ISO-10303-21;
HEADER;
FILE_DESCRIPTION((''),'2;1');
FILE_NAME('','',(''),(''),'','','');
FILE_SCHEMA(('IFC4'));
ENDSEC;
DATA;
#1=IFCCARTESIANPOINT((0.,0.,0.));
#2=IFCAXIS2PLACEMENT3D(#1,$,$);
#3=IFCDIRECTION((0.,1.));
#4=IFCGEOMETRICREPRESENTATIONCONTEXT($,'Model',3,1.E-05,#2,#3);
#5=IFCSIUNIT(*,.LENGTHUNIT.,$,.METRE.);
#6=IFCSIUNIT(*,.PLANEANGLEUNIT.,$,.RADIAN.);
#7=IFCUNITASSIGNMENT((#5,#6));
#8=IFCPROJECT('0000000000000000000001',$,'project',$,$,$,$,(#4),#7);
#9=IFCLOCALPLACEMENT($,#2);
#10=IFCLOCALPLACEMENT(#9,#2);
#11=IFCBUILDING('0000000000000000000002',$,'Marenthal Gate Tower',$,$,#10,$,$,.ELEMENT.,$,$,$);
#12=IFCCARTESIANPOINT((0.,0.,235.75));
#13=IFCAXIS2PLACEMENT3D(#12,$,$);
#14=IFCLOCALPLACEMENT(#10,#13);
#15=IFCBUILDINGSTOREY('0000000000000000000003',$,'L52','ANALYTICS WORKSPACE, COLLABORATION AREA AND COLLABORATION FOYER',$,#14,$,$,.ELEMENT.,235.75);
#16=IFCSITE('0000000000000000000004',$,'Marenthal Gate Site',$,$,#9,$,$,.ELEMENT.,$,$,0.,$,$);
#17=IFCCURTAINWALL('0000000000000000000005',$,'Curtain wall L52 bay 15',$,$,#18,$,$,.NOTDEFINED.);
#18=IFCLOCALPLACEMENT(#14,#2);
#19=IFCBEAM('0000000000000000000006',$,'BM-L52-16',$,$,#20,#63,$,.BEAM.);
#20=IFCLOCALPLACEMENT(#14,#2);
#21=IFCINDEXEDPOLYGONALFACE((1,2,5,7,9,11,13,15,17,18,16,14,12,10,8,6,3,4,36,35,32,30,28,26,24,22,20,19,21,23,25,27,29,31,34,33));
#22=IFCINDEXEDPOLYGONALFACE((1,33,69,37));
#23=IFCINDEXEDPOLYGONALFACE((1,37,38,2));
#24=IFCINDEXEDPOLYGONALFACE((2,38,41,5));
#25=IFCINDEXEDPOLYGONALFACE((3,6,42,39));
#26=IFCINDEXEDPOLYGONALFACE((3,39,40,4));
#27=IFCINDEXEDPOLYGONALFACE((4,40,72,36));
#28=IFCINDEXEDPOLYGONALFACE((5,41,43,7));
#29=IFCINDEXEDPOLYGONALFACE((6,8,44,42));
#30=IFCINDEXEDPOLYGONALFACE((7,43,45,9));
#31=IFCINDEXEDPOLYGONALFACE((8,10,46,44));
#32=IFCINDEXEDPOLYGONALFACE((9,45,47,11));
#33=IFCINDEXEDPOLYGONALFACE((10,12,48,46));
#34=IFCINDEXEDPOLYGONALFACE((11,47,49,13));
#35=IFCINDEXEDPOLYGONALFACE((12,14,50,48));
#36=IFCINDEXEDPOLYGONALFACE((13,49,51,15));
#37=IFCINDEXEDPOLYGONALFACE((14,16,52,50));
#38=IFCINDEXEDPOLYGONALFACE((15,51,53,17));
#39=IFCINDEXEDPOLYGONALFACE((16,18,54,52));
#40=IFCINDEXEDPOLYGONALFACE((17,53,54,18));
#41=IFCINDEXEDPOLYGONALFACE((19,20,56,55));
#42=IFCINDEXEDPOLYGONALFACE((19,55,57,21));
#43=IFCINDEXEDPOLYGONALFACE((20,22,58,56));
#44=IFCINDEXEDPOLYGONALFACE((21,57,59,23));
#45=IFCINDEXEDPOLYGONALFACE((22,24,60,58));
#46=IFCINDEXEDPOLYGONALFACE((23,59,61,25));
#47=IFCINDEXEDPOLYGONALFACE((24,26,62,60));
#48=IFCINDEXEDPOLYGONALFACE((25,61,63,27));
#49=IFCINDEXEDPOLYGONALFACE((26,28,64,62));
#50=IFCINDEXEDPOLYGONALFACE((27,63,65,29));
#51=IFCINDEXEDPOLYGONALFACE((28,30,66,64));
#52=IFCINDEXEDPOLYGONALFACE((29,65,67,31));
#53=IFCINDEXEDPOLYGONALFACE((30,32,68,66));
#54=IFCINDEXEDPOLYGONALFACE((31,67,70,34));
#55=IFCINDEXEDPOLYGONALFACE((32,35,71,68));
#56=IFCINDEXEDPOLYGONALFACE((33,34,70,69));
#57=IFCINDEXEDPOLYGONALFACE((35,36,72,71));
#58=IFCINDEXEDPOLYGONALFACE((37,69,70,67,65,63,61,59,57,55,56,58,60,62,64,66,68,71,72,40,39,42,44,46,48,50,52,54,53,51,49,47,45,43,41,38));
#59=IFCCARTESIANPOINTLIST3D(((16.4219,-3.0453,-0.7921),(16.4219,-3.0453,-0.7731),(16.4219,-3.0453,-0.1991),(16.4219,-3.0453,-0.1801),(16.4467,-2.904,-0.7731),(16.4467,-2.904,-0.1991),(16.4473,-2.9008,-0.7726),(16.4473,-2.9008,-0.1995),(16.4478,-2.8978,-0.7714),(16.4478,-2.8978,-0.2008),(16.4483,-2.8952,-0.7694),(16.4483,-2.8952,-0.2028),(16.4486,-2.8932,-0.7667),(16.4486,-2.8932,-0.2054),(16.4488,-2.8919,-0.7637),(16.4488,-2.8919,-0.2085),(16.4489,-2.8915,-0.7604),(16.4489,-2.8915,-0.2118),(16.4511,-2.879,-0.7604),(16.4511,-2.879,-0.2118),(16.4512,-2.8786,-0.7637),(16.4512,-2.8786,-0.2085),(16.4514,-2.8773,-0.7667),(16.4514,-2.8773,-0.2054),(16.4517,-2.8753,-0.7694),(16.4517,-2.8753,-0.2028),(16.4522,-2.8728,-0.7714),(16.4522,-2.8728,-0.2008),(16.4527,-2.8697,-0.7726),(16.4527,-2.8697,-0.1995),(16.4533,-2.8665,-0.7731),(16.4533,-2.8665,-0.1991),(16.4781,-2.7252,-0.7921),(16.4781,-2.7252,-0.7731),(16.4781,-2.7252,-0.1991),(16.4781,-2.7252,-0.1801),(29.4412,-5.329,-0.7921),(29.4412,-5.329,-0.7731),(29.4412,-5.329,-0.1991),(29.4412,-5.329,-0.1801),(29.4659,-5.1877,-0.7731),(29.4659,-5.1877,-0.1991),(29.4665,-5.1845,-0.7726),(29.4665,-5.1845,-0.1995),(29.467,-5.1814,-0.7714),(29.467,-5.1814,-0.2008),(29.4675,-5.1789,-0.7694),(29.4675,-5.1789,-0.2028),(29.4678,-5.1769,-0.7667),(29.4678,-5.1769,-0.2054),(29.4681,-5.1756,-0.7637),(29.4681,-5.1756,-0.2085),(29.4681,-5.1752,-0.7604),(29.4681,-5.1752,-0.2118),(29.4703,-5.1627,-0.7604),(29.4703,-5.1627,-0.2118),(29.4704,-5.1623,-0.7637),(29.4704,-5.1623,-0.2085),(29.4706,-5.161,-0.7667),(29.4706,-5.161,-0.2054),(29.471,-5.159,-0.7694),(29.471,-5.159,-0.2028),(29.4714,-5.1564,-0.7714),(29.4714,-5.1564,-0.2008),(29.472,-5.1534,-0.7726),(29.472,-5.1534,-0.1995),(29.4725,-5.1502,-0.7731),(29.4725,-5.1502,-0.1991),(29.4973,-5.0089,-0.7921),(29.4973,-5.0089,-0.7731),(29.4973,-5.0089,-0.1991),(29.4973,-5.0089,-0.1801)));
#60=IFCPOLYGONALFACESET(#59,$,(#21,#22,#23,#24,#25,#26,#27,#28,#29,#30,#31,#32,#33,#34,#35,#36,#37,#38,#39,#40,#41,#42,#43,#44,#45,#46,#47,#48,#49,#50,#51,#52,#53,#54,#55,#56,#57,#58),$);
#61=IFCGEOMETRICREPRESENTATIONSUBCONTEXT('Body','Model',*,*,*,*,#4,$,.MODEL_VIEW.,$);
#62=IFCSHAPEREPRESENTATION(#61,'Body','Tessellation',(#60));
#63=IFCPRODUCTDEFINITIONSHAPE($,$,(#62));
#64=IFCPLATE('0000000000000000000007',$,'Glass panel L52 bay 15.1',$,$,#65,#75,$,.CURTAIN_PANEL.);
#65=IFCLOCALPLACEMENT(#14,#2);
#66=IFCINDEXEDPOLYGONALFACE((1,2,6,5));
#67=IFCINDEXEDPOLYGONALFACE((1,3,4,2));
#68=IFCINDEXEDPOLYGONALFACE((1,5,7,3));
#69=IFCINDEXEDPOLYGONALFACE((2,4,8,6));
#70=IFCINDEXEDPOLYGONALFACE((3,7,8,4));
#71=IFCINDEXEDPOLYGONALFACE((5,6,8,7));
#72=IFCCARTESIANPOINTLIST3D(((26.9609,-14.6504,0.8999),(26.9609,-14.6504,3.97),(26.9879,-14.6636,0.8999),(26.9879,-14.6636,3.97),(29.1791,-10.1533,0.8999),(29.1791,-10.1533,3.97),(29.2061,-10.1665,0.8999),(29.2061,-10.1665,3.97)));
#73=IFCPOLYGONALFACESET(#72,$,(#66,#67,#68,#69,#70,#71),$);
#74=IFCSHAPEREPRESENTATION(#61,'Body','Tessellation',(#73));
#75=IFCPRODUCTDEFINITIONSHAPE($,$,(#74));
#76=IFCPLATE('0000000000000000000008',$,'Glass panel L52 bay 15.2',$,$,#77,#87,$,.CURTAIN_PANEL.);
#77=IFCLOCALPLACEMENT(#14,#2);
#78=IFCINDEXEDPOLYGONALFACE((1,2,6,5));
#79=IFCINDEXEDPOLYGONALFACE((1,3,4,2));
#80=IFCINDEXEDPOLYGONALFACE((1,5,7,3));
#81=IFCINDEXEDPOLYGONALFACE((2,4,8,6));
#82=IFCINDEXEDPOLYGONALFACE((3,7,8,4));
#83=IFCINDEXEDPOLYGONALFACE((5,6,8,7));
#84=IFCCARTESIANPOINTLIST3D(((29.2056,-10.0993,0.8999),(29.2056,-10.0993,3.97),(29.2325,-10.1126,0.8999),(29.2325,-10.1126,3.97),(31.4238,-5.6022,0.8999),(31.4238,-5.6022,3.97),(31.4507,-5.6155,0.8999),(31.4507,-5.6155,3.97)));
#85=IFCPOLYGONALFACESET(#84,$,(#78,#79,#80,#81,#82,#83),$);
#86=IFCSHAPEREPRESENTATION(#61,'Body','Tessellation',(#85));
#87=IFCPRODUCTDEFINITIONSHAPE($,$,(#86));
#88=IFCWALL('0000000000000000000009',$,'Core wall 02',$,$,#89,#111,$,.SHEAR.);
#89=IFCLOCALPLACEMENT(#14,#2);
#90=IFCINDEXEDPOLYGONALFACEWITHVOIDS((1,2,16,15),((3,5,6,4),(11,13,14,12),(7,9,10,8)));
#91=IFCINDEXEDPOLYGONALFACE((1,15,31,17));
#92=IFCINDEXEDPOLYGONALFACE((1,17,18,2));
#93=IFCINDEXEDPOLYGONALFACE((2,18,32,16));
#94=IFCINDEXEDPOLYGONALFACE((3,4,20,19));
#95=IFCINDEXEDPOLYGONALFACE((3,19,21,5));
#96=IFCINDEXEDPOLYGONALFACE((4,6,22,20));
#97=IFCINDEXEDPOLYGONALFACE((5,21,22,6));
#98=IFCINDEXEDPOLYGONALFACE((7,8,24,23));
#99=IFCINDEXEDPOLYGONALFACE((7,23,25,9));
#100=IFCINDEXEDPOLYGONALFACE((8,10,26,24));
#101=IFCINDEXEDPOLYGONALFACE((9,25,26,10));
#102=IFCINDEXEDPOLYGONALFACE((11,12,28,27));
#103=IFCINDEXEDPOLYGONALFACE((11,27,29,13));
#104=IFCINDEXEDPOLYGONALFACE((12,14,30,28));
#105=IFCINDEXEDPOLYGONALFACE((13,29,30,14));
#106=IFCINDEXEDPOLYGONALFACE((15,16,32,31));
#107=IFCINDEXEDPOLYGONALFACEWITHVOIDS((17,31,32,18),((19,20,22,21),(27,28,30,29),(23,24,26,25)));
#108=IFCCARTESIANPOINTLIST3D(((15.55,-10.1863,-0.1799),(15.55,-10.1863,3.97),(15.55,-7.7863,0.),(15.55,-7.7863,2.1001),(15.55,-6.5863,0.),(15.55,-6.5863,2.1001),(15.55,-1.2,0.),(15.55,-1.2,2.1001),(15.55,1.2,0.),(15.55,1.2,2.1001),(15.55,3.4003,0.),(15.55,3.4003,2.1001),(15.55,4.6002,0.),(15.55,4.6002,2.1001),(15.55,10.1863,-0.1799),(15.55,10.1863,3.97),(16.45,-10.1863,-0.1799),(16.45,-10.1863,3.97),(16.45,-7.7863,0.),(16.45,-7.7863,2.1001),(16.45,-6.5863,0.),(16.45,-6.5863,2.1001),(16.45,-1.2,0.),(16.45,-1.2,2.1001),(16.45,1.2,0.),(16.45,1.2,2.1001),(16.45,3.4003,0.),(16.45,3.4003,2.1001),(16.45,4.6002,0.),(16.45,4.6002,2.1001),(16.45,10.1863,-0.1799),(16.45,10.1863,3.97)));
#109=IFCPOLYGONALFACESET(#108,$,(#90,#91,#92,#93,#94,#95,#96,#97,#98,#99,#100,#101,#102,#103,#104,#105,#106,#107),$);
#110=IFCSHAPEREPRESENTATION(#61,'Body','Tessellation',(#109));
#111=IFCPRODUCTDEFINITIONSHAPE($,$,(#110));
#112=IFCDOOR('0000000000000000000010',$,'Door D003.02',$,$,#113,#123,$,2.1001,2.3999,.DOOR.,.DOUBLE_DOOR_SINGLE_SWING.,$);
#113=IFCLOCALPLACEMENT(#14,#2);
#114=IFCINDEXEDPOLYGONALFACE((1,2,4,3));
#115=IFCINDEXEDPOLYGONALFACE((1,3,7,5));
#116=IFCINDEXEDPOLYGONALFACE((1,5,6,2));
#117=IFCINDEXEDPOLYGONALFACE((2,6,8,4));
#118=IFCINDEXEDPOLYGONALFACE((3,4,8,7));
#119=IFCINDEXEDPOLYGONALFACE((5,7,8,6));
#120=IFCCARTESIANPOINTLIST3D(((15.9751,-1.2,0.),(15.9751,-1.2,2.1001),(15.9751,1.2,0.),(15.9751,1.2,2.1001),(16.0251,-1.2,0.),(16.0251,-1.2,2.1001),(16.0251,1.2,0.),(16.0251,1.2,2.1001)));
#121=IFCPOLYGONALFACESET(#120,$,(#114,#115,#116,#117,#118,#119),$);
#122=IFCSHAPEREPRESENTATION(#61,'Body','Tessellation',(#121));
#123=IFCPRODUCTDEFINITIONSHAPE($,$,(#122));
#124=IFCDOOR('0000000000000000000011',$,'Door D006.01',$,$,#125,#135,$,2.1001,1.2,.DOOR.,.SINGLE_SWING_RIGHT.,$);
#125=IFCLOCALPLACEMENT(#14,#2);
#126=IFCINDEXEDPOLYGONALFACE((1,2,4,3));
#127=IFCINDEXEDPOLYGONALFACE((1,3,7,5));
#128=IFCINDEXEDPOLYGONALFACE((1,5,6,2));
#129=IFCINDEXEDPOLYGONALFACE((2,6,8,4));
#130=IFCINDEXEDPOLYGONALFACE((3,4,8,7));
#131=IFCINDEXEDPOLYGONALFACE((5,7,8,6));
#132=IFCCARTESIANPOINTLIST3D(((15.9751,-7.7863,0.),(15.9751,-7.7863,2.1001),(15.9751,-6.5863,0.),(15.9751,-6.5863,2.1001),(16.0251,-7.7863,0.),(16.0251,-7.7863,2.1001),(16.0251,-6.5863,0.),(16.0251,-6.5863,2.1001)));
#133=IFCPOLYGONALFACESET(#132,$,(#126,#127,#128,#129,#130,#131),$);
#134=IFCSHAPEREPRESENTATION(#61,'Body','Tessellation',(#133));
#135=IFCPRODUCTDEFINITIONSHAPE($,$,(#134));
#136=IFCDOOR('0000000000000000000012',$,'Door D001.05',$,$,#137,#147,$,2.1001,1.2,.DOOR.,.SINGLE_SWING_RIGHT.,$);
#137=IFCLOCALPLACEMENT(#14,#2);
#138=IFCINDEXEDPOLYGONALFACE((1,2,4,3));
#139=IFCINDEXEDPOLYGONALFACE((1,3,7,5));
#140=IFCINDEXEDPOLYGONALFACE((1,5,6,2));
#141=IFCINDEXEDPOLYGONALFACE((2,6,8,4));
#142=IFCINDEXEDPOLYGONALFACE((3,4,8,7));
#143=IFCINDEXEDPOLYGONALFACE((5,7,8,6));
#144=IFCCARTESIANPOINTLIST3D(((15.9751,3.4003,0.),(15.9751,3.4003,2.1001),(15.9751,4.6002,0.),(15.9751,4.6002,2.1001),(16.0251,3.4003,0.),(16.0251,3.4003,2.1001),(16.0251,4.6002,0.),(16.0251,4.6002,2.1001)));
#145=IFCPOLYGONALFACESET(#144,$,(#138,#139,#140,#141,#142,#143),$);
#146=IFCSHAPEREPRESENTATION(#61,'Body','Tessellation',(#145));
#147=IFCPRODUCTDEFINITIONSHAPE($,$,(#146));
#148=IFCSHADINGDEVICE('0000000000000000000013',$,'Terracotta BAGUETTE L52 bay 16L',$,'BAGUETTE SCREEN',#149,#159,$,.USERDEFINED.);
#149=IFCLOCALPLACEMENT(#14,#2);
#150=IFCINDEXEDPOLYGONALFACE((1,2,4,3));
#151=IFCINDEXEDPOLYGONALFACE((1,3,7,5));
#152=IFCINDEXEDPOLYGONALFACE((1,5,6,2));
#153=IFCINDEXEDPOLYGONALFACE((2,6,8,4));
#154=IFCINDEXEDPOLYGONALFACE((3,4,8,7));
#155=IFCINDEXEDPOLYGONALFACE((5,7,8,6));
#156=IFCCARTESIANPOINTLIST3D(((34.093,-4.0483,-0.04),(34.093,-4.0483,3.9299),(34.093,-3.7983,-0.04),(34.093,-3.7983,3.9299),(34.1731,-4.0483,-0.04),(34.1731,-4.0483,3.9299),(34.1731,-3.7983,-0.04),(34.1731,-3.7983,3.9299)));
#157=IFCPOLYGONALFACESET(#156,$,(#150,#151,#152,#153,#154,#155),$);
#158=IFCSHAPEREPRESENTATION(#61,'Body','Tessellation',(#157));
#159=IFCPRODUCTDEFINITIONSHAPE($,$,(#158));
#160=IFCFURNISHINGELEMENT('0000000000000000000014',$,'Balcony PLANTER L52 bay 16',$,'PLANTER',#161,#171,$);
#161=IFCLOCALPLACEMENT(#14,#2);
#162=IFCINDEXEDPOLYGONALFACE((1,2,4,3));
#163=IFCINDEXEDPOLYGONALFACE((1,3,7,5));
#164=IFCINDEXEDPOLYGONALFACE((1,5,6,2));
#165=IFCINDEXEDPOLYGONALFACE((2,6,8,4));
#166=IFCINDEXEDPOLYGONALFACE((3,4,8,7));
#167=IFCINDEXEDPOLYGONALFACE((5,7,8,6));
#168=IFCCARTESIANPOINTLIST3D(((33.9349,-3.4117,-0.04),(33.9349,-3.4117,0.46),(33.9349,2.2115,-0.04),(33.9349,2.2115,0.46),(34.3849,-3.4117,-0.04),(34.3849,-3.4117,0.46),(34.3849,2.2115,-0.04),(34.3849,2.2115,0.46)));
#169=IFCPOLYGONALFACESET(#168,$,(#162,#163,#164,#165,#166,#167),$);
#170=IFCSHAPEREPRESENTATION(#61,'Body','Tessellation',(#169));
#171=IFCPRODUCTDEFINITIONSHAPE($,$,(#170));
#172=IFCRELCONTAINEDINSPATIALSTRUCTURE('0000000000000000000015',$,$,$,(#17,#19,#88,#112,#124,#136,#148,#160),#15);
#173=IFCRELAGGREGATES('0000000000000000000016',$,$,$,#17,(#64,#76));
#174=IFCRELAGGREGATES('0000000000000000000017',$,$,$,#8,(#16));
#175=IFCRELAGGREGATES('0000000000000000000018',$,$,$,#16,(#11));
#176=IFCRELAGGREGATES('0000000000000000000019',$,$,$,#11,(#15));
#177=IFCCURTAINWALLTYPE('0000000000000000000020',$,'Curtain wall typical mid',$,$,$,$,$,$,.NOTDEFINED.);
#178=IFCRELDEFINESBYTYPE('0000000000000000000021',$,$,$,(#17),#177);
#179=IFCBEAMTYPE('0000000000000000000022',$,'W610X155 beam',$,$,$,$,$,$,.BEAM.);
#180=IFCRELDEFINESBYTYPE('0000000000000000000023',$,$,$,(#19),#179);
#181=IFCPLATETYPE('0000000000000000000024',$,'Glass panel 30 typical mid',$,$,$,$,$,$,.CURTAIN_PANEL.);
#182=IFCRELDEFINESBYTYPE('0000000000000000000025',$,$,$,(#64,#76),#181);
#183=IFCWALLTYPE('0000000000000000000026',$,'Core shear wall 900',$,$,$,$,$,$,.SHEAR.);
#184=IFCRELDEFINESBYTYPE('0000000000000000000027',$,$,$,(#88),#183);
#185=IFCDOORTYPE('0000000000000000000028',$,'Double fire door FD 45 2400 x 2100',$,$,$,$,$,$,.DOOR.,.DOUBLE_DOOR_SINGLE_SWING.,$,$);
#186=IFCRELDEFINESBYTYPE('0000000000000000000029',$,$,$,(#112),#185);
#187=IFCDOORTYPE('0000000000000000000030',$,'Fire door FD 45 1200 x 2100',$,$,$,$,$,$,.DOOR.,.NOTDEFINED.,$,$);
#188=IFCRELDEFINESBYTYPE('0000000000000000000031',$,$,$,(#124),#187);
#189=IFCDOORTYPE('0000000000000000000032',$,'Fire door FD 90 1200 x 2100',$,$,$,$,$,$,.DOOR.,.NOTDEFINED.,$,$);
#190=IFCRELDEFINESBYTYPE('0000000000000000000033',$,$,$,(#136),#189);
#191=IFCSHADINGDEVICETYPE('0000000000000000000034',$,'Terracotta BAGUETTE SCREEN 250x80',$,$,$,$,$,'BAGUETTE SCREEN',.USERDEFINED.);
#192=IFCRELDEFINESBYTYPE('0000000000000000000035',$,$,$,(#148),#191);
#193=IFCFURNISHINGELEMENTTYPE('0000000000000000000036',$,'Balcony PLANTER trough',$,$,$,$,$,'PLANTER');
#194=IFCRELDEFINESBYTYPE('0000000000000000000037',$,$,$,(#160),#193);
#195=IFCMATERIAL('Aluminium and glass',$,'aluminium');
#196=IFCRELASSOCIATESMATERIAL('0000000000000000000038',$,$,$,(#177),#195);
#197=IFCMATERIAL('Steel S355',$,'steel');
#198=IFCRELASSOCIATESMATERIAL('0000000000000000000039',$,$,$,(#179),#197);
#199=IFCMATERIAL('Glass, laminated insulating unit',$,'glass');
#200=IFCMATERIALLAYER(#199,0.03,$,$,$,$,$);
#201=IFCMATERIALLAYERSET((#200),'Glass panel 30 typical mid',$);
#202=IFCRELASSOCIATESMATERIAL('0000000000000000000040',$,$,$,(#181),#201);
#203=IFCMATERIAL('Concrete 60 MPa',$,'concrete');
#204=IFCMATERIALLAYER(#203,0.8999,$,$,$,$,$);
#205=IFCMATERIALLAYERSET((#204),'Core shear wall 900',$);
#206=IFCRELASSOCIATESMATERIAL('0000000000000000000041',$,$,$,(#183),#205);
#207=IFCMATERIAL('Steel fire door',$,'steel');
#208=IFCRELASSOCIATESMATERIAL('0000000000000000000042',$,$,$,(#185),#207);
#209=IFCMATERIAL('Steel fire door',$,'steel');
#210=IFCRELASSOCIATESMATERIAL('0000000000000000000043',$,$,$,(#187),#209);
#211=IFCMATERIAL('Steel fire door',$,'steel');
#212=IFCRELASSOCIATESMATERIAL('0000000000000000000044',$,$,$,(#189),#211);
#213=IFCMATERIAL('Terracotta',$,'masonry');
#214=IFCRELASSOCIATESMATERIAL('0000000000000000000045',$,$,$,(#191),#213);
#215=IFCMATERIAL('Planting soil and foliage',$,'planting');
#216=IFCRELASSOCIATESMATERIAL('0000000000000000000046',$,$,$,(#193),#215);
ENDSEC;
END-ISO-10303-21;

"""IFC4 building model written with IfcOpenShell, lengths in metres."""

from ifc_helpers import new_model, si_unit, direction, frame, frame_2d, origin, origin_2d, place, context, subcontext, project, spatial, rectangle, i_section, extrude, material, layer, layer_set, material_profile, profile_set, type_object, element, fill, aggregate, save


model = new_model("IFC4")

# Units and contexts
model_context = context("Model", 3, precision=1e-05, world=origin(), true_north=direction((0.0, 1.0)))
body_context = subcontext(model_context, "Body", "Model", "MODEL_VIEW")
ifc_project = project(units=[si_unit("LENGTHUNIT", "METRE"), si_unit("PLANEANGLEUNIT", "RADIAN")], contexts=[model_context])

# Site, building, storey
site_placement = place(None, origin())
site = spatial("IfcSite", under=ifc_project, at=site_placement, Name="Marenthal Gate Site", CompositionType="ELEMENT", RefElevation=0.0)
building_placement = place(site_placement, origin())
building = spatial("IfcBuilding", under=site, at=building_placement, Name="Marenthal Gate Tower", CompositionType="ELEMENT")
storey_placement = place(building_placement, frame((0.0, 0.0, 235.75)))
storey = spatial("IfcBuildingStorey", under=building, at=storey_placement, Name="L52", Description="ANALYTICS WORKSPACE, COLLABORATION AREA AND COLLABORATION FOYER", CompositionType="ELEMENT", Elevation=235.75)

# Curtain wall
ifc_material_1 = material(Name="Aluminium and glass", Category="aluminium")
curtain_wall_type = type_object("IfcCurtainWallType", Name="Curtain wall typical mid", PredefinedType="NOTDEFINED", material=ifc_material_1)
curtain_wall_placement = place(storey_placement, origin())
curtain_wall = element("IfcCurtainWall", 1, at=curtain_wall_placement, inside=storey, type_object=curtain_wall_type, Name="Curtain wall L52 bay 15", PredefinedType="NOTDEFINED")

# Beam
ifc_material_2 = material(Name="Steel S355", Category="steel")
ifc_material_profile_1 = material_profile(ifc_material_2, i_section(OverallWidth=0.325, OverallDepth=0.6121, WebThickness=0.0127, FlangeThickness=0.019, FilletRadius=0.0127, at=origin_2d()), Name="W610X155")
ifc_profile_set_1 = profile_set([ifc_material_profile_1], Name="Steel S355")
beam_type_1 = type_object("IfcBeamType", Name="W610X155 beam", PredefinedType="BEAM", material=ifc_profile_set_1)
beam_1_placement = place(storey_placement, frame((29.4692, -5.1689, -0.4861), z_axis=(-0.984962, 0.172771, 0.0), x_axis=(-0.172771, -0.984962, 0.0)))
element("IfcBeam", 2, at=beam_1_placement, inside=storey, type_object=beam_type_1, Name="BM-L52-16", PredefinedType="BEAM", context=body_context, shape_type="SweptSolid", body=[
    extrude(i_section(OverallWidth=0.325, OverallDepth=0.6121, WebThickness=0.0127, FlangeThickness=0.019, FilletRadius=0.0127, at=origin_2d()), origin(), (0.0, 0.0, 1.0), 13.218),
])

# Plates
ifc_material_3 = material(Name="Glass, laminated insulating unit", Category="glass")
ifc_layer_1 = layer(ifc_material_3, 0.03)
ifc_layer_set_1 = layer_set([ifc_layer_1], Name="Glass panel 30 typical mid")
plate_type = type_object("IfcPlateType", Name="Glass panel 30 typical mid", PredefinedType="CURTAIN_PANEL", material=ifc_layer_set_1)
plate_1_placement = place(storey_placement, frame((28.0835, -12.4084, 0.8999), z_axis=(0.0, 0.0, 1.0), x_axis=(0.442364, 0.896835, 0.0)))
plate_1 = element("IfcPlate", 3, at=plate_1_placement, type_object=plate_type, Name="Glass panel L52 bay 15.1", PredefinedType="CURTAIN_PANEL", context=body_context, shape_type="SweptSolid", body=[
    extrude(rectangle(XDim=5.0144, YDim=0.03, at=origin_2d()), origin(), (0.0, 0.0, 1.0), 3.0701),
])
plate_2_placement = place(storey_placement, frame((30.3281, -7.8574, 0.8999), z_axis=(0.0, 0.0, 1.0), x_axis=(0.442364, 0.896835, 0.0)))
plate_2 = element("IfcPlate", 4, at=plate_2_placement, type_object=plate_type, Name="Glass panel L52 bay 15.2", PredefinedType="CURTAIN_PANEL", context=body_context, shape_type="SweptSolid", body=[
    extrude(rectangle(XDim=5.0144, YDim=0.03, at=origin_2d()), origin(), (0.0, 0.0, 1.0), 3.0701),
])
aggregate(curtain_wall, [plate_1, plate_2])

# Wall, openings, doors
ifc_material_4 = material(Name="Concrete 60 MPa", Category="concrete")
ifc_layer_2 = layer(ifc_material_4, 0.8999)
ifc_layer_set_2 = layer_set([ifc_layer_2], Name="Core shear wall 900")
wall_type_1 = type_object("IfcWallType", Name="Core shear wall 900", PredefinedType="SHEAR", material=ifc_layer_set_2)
wall_1_placement = place(storey_placement, frame((16.0, -10.1863, -0.1799), z_axis=(0.0, 0.0, 1.0), x_axis=(0.0, 1.0, 0.0)))
wall_1 = element("IfcWall", 5, at=wall_1_placement, inside=storey, type_object=wall_type_1, Name="Core wall 02", PredefinedType="SHEAR", context=body_context, shape_type="SweptSolid", body=[
    extrude(rectangle(XDim=20.3726, YDim=0.8999, at=frame_2d((10.1863, 0.0))), origin(), (0.0, 0.0, 1.0), 4.1499),
])
opening_1_placement = place(wall_1_placement, frame((8.9863, 0.0, 0.1799)))
opening_1 = element("IfcOpeningElement", 6, at=opening_1_placement, cuts=wall_1, PredefinedType="OPENING", context=body_context, shape_type="SweptSolid", body=[
    extrude(rectangle(XDim=2.3999, YDim=2.1001, at=frame_2d((1.2, 1.05))), frame((0.0, 0.46, 0.0), z_axis=(0.0, -1.0, 0.0), x_axis=(1.0, 0.0, 0.0)), (0.0, 0.0, 1.0), 0.9199),
])
opening_2_placement = place(wall_1_placement, frame((13.5864, 0.0, 0.1799)))
opening_2 = element("IfcOpeningElement", 7, at=opening_2_placement, cuts=wall_1, PredefinedType="OPENING", context=body_context, shape_type="SweptSolid", body=[
    extrude(rectangle(XDim=1.2, YDim=2.1001, at=frame_2d((0.6001, 1.05))), frame((0.0, 0.46, 0.0), z_axis=(0.0, -1.0, 0.0), x_axis=(1.0, 0.0, 0.0)), (0.0, 0.0, 1.0), 0.9199),
])
opening_3_placement = place(wall_1_placement, frame((2.3999, 0.0, 0.1799)))
opening_3 = element("IfcOpeningElement", 8, at=opening_3_placement, cuts=wall_1, PredefinedType="OPENING", context=body_context, shape_type="SweptSolid", body=[
    extrude(rectangle(XDim=1.2, YDim=2.1001, at=frame_2d((0.6001, 1.05))), frame((0.0, 0.46, 0.0), z_axis=(0.0, -1.0, 0.0), x_axis=(1.0, 0.0, 0.0)), (0.0, 0.0, 1.0), 0.9199),
])
ifc_material_5 = material(Name="Steel fire door", Category="steel")
door_type_1 = type_object("IfcDoorType", Name="Double fire door FD 45 2400 x 2100", OperationType="DOUBLE_DOOR_SINGLE_SWING", PredefinedType="DOOR", material=ifc_material_5)
door_1_placement = place(opening_1_placement, origin())
door_1 = element("IfcDoor", 9, at=door_1_placement, inside=storey, type_object=door_type_1, Name="Door D003.02", OperationType="DOUBLE_DOOR_SINGLE_SWING", OverallHeight=2.1001, OverallWidth=2.3999, PredefinedType="DOOR", context=body_context, shape_type="SweptSolid", body=[
    extrude(rectangle(XDim=2.3999, YDim=2.1001, at=frame_2d((1.2, 1.05))), frame((0.0, 0.0249, 0.0), z_axis=(0.0, -1.0, 0.0), x_axis=(1.0, 0.0, 0.0)), (0.0, 0.0, 1.0), 0.05),
])
fill(opening_1, door_1)
ifc_material_6 = material(Name="Steel fire door", Category="steel")
door_type_2 = type_object("IfcDoorType", Name="Fire door FD 45 1200 x 2100", OperationType="NOTDEFINED", PredefinedType="DOOR", material=ifc_material_6)
door_2_placement = place(opening_3_placement, origin())
door_2 = element("IfcDoor", 10, at=door_2_placement, inside=storey, type_object=door_type_2, Name="Door D006.01", OperationType="SINGLE_SWING_RIGHT", OverallHeight=2.1001, OverallWidth=1.2, PredefinedType="DOOR", context=body_context, shape_type="SweptSolid", body=[
    extrude(rectangle(XDim=1.2, YDim=2.1001, at=frame_2d((0.6001, 1.05))), frame((0.0, 0.0249, 0.0), z_axis=(0.0, -1.0, 0.0), x_axis=(1.0, 0.0, 0.0)), (0.0, 0.0, 1.0), 0.05),
])
fill(opening_3, door_2)
ifc_material_7 = material(Name="Steel fire door", Category="steel")
door_type_3 = type_object("IfcDoorType", Name="Fire door FD 90 1200 x 2100", OperationType="NOTDEFINED", PredefinedType="DOOR", material=ifc_material_7)
door_3_placement = place(opening_2_placement, origin())
door_3 = element("IfcDoor", 11, at=door_3_placement, inside=storey, type_object=door_type_3, Name="Door D001.05", OperationType="SINGLE_SWING_RIGHT", OverallHeight=2.1001, OverallWidth=1.2, PredefinedType="DOOR", context=body_context, shape_type="SweptSolid", body=[
    extrude(rectangle(XDim=1.2, YDim=2.1001, at=frame_2d((0.6001, 1.05))), frame((0.0, 0.0249, 0.0), z_axis=(0.0, -1.0, 0.0), x_axis=(1.0, 0.0, 0.0)), (0.0, 0.0, 1.0), 0.05),
])
fill(opening_2, door_3)

# Shading device
ifc_material_8 = material(Name="Terracotta", Category="masonry")
ifc_material_profile_2 = material_profile(ifc_material_8, rectangle(XDim=0.25, YDim=0.0801, at=origin_2d()), Name="Terracotta baguette 250x80")
ifc_profile_set_2 = profile_set([ifc_material_profile_2], Name="Terracotta")
shading_device_type = type_object("IfcShadingDeviceType", Name="Terracotta BAGUETTE SCREEN 250x80", ElementType="BAGUETTE SCREEN", PredefinedType="USERDEFINED", material=ifc_profile_set_2)
shading_device_placement = place(storey_placement, frame((34.1331, -3.9233, -0.04), z_axis=(0.0, 0.0, 1.0), x_axis=(0.0, 1.0, 0.0)))
element("IfcShadingDevice", 12, at=shading_device_placement, inside=storey, type_object=shading_device_type, Name="Terracotta BAGUETTE L52 bay 16L", ObjectType="BAGUETTE SCREEN", PredefinedType="USERDEFINED", context=body_context, shape_type="SweptSolid", body=[
    extrude(rectangle(XDim=0.25, YDim=0.0801, at=origin_2d()), origin(), (0.0, 0.0, 1.0), 3.97),
])

# Furnishing element
ifc_material_9 = material(Name="Planting soil and foliage", Category="planting")
furnishing_element_type = type_object("IfcFurnishingElementType", Name="Balcony PLANTER trough", ElementType="PLANTER", material=ifc_material_9)
furnishing_placement = place(storey_placement, frame((34.1599, -0.6001, -0.04), z_axis=(0.0, 0.0, 1.0), x_axis=(0.0, 1.0, 0.0)))
element("IfcFurnishingElement", 13, at=furnishing_placement, inside=storey, type_object=furnishing_element_type, Name="Balcony PLANTER L52 bay 16", ObjectType="PLANTER", context=body_context, shape_type="SweptSolid", body=[
    extrude(rectangle(XDim=5.6233, YDim=0.45, at=origin_2d()), origin(), (0.0, 0.0, 1.0), 0.5),
])

save(model, "model.ifc")
